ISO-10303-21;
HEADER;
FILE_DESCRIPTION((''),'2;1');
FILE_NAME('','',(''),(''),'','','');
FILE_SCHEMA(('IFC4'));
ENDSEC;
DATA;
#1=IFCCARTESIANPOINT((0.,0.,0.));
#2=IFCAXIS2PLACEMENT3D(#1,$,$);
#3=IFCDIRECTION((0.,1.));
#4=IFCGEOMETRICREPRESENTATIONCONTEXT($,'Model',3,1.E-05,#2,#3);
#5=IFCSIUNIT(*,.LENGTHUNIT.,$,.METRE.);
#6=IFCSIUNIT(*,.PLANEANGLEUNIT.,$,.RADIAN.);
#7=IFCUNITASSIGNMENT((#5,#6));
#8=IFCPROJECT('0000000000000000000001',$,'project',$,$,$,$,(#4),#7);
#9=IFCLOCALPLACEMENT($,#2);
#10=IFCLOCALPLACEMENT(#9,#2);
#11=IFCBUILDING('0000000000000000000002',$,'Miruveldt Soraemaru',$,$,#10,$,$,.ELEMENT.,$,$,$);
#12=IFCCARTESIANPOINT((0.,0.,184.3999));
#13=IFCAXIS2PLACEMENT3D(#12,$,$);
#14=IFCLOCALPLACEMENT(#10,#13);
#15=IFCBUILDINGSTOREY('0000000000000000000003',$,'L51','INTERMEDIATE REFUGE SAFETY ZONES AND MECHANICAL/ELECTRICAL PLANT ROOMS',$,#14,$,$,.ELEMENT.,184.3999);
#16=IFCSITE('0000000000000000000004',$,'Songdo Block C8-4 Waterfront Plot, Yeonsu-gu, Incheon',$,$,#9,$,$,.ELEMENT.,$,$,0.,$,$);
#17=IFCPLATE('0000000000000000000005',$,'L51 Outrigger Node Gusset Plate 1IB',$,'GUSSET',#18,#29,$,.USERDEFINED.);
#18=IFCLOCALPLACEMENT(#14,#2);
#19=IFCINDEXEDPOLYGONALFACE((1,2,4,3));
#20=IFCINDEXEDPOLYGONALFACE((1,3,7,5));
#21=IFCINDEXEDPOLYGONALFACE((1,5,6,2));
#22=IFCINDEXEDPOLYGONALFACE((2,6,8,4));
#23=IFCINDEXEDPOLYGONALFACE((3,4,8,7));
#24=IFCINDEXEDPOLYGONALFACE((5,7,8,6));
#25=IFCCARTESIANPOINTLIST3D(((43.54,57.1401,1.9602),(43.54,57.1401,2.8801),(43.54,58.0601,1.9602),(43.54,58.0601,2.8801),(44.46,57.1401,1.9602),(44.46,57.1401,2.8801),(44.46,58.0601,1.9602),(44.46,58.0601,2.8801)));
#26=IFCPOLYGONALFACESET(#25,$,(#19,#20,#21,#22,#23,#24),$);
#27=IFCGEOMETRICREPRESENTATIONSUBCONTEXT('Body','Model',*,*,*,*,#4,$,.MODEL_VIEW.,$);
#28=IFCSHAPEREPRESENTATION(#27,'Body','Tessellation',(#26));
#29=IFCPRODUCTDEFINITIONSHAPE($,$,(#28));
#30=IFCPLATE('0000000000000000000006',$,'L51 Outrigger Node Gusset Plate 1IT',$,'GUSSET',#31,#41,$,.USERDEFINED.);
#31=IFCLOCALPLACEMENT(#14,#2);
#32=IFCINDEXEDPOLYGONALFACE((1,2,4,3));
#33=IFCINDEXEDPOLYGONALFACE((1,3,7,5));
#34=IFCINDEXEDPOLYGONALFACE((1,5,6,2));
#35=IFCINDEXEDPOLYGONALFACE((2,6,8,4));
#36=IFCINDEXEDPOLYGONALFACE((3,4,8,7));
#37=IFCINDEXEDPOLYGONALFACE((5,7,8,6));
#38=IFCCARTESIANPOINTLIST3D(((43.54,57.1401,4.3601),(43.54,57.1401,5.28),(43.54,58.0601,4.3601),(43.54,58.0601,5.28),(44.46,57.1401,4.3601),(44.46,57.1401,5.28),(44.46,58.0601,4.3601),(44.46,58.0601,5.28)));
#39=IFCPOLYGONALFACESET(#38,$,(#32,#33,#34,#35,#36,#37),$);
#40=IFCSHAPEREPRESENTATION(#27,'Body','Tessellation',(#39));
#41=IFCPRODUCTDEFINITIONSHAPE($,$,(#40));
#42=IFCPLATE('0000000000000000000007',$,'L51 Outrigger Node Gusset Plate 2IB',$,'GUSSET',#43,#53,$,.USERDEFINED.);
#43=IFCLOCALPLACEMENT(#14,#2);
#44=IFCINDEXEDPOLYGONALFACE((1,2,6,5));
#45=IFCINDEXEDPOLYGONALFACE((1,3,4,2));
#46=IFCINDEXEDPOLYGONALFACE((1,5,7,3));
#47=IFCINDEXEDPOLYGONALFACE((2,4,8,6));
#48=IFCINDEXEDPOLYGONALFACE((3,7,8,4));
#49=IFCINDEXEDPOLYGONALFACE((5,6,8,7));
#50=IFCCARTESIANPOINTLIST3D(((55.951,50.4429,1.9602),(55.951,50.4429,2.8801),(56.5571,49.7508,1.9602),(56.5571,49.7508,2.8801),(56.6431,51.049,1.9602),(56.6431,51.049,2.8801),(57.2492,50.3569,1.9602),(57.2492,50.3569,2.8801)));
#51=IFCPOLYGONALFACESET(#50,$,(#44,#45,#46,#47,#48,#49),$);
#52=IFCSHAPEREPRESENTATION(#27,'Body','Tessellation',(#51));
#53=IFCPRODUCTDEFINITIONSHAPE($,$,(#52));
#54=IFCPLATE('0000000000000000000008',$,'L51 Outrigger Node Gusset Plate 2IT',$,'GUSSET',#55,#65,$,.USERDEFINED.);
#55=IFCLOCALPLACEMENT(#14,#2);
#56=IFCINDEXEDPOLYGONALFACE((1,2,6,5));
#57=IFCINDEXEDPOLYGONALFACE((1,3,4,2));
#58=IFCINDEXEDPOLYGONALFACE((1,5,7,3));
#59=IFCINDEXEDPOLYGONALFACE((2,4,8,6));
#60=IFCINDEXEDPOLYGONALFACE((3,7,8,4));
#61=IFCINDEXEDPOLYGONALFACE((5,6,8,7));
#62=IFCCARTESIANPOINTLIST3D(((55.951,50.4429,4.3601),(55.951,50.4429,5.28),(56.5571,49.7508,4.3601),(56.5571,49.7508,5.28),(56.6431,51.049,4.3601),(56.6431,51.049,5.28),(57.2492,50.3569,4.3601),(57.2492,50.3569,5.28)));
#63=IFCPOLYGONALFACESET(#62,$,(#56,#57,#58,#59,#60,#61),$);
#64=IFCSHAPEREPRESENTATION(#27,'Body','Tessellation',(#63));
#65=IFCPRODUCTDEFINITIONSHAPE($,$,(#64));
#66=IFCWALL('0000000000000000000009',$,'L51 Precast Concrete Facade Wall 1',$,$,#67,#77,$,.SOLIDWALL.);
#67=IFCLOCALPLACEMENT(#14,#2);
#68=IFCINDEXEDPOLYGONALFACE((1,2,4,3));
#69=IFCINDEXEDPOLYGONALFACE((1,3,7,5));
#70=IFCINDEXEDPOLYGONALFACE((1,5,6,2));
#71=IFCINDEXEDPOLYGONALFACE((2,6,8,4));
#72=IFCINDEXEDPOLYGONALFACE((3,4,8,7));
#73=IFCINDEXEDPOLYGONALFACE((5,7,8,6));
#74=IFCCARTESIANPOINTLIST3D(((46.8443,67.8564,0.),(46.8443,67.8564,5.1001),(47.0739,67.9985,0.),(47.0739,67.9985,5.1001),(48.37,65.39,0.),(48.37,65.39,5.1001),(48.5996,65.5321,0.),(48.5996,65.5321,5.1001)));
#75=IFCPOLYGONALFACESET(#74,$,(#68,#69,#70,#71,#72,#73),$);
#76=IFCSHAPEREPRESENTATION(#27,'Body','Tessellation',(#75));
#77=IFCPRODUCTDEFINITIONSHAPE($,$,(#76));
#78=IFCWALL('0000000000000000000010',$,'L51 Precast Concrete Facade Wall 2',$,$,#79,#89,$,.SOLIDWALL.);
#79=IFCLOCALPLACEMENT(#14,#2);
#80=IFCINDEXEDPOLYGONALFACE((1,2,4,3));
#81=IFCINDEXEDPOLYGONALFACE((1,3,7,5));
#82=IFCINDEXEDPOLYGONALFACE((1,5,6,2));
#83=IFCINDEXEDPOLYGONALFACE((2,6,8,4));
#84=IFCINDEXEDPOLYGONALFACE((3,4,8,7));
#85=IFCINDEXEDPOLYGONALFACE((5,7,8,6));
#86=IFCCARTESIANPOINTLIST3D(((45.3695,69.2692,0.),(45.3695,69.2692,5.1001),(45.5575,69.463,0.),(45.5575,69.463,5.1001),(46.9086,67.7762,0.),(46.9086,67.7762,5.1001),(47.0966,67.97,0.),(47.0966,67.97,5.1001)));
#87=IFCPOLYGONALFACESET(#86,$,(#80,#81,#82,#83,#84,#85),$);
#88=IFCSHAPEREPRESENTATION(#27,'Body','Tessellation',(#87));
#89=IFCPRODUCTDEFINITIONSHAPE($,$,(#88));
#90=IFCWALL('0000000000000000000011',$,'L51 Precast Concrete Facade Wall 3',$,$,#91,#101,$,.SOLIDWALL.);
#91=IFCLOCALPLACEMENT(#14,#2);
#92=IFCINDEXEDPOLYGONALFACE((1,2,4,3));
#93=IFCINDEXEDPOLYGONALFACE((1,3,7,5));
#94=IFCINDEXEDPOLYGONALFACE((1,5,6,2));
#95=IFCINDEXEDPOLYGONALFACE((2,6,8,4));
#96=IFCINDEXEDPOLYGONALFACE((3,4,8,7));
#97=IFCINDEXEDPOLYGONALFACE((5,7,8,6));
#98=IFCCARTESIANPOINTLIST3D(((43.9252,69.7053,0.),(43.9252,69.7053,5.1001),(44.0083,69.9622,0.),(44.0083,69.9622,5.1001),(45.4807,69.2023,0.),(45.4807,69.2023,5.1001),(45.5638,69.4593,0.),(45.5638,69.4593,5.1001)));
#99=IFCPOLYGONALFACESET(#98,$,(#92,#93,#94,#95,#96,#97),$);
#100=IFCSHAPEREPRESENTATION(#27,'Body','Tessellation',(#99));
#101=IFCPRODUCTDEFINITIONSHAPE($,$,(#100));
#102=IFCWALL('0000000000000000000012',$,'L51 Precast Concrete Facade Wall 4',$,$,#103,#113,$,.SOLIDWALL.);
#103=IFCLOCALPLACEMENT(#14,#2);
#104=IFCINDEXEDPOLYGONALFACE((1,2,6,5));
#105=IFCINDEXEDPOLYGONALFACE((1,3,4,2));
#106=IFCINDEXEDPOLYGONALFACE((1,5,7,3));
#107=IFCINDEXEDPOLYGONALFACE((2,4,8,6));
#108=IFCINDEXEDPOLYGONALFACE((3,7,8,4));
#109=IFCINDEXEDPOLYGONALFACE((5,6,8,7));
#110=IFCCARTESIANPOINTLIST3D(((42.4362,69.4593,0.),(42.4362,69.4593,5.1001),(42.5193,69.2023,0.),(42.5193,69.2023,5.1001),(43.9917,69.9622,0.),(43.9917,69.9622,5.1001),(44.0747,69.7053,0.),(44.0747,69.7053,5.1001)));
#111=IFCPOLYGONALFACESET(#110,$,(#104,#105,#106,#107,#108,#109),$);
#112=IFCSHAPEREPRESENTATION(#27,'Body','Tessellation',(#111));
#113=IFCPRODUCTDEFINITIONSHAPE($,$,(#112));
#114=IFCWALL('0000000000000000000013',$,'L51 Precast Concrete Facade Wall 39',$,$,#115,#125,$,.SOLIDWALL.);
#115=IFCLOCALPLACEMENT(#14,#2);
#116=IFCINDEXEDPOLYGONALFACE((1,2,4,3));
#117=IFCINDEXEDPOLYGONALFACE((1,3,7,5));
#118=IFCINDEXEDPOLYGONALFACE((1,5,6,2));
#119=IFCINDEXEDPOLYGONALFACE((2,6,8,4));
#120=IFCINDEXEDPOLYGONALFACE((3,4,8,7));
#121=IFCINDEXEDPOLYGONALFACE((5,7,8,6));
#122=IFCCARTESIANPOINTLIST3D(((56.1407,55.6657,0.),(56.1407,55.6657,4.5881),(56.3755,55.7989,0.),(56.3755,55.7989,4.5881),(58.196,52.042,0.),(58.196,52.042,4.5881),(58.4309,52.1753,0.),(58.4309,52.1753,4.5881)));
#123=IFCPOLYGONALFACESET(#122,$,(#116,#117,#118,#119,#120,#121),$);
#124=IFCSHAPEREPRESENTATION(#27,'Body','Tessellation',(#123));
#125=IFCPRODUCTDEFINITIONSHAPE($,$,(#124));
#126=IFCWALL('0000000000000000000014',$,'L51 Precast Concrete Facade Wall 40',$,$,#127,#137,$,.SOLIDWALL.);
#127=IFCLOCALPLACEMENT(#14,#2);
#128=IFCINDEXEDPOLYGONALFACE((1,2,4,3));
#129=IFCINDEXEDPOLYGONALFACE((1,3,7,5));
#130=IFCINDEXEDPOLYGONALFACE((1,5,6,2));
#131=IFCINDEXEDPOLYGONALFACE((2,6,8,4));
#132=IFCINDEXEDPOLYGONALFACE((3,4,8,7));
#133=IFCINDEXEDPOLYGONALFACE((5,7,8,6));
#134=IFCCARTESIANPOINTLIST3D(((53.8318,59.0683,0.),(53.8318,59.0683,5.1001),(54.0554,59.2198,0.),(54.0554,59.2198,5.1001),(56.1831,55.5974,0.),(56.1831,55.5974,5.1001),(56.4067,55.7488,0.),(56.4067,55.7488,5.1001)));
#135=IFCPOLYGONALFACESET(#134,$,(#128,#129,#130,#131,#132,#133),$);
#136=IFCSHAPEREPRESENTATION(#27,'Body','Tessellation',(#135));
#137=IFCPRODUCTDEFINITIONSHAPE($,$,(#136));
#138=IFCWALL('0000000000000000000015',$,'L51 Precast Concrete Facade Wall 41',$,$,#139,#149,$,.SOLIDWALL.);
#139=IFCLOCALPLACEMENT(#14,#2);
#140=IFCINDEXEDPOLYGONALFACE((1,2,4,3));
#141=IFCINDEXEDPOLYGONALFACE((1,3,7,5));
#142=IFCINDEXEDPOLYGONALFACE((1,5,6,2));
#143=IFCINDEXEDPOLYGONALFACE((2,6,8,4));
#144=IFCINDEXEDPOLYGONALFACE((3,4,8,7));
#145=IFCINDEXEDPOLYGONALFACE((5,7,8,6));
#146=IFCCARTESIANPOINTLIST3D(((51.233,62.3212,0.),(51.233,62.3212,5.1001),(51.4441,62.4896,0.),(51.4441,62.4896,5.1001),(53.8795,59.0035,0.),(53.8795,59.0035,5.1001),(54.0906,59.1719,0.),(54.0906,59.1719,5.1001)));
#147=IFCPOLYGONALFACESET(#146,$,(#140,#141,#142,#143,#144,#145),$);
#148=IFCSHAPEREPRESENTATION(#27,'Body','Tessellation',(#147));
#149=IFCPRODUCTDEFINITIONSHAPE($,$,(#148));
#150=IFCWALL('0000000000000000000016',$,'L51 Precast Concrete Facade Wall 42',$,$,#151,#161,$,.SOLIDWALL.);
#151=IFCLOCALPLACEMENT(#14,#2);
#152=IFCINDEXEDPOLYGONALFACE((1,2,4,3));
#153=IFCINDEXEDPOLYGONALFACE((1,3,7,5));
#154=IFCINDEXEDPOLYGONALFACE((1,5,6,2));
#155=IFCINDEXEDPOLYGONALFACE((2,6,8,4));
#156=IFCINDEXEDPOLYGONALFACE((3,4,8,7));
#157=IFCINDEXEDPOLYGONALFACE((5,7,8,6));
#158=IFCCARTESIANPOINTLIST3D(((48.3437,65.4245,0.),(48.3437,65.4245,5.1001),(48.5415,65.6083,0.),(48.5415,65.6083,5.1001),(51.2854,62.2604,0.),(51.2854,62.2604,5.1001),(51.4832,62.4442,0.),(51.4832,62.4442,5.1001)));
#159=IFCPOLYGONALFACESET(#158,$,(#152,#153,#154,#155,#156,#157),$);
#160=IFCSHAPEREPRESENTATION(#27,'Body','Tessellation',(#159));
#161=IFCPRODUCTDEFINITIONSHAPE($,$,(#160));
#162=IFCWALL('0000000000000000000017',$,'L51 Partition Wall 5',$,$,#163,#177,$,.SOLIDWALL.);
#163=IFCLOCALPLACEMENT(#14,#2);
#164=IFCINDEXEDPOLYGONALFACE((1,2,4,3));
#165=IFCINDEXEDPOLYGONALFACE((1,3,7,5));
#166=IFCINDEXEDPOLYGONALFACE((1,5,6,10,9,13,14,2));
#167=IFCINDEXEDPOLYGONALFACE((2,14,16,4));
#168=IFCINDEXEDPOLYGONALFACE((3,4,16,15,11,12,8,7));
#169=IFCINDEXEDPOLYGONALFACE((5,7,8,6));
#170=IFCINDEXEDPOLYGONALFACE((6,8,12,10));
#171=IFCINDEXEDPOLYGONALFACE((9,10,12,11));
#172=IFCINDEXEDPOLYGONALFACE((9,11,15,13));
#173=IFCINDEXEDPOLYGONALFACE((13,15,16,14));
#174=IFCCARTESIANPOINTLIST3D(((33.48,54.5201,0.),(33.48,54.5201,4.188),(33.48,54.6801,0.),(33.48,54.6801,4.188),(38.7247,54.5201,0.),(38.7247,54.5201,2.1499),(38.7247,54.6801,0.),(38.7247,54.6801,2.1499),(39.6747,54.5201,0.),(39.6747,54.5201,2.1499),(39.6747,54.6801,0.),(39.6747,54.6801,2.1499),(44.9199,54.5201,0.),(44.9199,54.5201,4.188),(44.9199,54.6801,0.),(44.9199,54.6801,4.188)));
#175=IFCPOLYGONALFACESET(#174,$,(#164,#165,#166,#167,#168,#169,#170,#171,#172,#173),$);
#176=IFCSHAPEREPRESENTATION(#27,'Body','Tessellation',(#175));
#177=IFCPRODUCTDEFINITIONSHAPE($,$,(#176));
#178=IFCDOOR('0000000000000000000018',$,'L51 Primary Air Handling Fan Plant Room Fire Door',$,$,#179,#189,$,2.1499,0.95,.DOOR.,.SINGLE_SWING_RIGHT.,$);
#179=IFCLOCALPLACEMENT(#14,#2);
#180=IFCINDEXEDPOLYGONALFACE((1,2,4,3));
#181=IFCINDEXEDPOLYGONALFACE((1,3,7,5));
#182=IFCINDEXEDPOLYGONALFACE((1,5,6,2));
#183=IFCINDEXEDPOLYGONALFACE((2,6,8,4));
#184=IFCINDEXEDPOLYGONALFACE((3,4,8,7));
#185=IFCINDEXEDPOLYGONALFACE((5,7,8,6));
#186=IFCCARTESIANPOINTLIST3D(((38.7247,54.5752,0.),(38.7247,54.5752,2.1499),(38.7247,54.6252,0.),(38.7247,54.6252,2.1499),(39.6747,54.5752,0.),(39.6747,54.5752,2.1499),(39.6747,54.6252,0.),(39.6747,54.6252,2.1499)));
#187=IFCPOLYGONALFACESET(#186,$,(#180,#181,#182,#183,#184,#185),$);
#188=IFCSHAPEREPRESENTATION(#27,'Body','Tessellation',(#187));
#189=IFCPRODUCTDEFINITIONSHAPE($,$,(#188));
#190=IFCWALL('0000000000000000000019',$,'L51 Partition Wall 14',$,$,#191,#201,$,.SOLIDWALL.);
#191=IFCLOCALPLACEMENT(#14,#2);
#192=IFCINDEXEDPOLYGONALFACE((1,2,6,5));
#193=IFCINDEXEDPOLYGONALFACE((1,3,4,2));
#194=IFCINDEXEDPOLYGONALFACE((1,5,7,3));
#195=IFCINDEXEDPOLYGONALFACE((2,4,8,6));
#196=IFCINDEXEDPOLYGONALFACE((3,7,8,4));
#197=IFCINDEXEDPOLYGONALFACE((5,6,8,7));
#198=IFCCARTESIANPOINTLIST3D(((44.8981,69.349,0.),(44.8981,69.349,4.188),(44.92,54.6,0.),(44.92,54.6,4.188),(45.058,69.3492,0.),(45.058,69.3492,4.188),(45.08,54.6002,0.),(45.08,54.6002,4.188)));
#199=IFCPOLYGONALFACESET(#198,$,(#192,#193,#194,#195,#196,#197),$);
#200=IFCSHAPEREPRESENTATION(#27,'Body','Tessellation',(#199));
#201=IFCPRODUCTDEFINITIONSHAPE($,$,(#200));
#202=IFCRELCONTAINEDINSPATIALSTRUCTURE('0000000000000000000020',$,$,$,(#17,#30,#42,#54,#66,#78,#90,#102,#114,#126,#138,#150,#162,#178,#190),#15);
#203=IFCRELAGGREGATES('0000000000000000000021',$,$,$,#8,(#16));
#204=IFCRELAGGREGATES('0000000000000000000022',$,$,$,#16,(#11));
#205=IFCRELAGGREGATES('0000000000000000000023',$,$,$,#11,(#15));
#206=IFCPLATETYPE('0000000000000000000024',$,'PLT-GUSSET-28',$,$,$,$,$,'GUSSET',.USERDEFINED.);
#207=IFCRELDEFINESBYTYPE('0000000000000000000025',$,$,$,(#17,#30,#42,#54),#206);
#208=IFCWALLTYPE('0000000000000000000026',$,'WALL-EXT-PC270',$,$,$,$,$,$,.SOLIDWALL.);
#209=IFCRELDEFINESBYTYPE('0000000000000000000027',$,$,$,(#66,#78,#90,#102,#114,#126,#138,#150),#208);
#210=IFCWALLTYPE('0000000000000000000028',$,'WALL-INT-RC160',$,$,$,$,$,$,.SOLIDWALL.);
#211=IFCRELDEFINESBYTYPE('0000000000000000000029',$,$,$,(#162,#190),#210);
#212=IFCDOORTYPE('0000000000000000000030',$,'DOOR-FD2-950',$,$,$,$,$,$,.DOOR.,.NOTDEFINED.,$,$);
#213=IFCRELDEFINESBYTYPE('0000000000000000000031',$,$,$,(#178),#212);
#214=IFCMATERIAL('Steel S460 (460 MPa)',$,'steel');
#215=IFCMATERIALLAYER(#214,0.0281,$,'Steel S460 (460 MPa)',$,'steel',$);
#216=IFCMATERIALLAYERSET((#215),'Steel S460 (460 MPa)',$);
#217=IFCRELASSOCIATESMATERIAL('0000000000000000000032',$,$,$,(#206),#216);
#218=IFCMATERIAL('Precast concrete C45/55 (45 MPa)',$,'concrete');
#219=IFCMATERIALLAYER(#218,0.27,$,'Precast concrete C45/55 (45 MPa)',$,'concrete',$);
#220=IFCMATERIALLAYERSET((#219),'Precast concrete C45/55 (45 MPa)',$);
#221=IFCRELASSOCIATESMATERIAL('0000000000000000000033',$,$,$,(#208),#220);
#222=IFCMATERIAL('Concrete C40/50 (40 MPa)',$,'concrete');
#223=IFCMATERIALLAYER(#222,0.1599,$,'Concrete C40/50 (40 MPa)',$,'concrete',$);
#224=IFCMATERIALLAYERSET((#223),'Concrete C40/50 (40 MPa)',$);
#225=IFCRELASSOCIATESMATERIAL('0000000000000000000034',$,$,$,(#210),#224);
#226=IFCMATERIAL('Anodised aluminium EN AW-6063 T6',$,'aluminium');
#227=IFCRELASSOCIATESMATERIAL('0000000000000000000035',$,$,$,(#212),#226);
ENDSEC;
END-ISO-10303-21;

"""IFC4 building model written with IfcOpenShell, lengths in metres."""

from ifc_helpers import new_model, si_unit, direction, frame, frame_2d, origin, origin_2d, place, context, subcontext, project, spatial, rectangle, extrude, material, layer, layer_set, type_object, element, fill, save


model = new_model("IFC4")

# Units and contexts
model_context = context("Model", 3, precision=1e-05, world=origin(), true_north=direction((0.0, 1.0)))
body_context = subcontext(model_context, "Body", "Model", "MODEL_VIEW")
ifc_project = project(units=[si_unit("LENGTHUNIT", "METRE"), si_unit("PLANEANGLEUNIT", "RADIAN")], contexts=[model_context])

# Site, building, storey
site_placement = place(None, origin())
site = spatial("IfcSite", under=ifc_project, at=site_placement, Name="Songdo Block C8-4 Waterfront Plot, Yeonsu-gu, Incheon", CompositionType="ELEMENT", RefElevation=0.0)
building_placement = place(site_placement, origin())
building = spatial("IfcBuilding", under=site, at=building_placement, Name="Miruveldt Soraemaru", CompositionType="ELEMENT")
storey_placement = place(building_placement, frame((0.0, 0.0, 184.3999)))
storey = spatial("IfcBuildingStorey", under=building, at=storey_placement, Name="L51", Description="INTERMEDIATE REFUGE SAFETY ZONES AND MECHANICAL/ELECTRICAL PLANT ROOMS", CompositionType="ELEMENT", Elevation=184.3999)

# Shared definitions
ifc_material_1 = material(Name="Steel S460 (460 MPa)", Category="steel")

# Plates
ifc_layer_1 = layer(ifc_material_1, 0.0281, Name="Steel S460 (460 MPa)", Category="steel")
ifc_layer_set_1 = layer_set([ifc_layer_1], Name="Steel S460 (460 MPa)")
plate_type = type_object("IfcPlateType", Name="PLT-GUSSET-28", ElementType="GUSSET", PredefinedType="USERDEFINED", material=ifc_layer_set_1)
for number, where, z_axis, x_axis, name in (
    (1, (44.0, 57.6001, 1.9602), (0.0, 0.0, 1.0), (0.0, 1.0, 0.0), "L51 Outrigger Node Gusset Plate 1IB"),
    (2, (44.0, 57.6001, 4.3601), (0.0, 0.0, 1.0), (0.0, 1.0, 0.0), "L51 Outrigger Node Gusset Plate 1IT"),
    (3, (56.6001, 50.3999, 1.9602), (0.0, 0.0, 1.0), (0.7523, 0.658821, 0.0), "L51 Outrigger Node Gusset Plate 2IB"),
    (4, (56.6001, 50.3999, 4.3601), (0.0, 0.0, 1.0), (0.7523, 0.658821, 0.0), "L51 Outrigger Node Gusset Plate 2IT"),
):
    element("IfcPlate", number, at=place(storey_placement, frame(where, z_axis=z_axis, x_axis=x_axis)), inside=storey, type_object=plate_type, Name=name, ObjectType="GUSSET", PredefinedType="USERDEFINED", context=body_context, shape_type="SweptSolid", body=[
        extrude(rectangle(XDim=0.9199, YDim=0.9199, at=origin_2d()), origin(), (0.0, 0.0, 1.0), 0.9199),
    ])

# Walls
ifc_material_2 = material(Name="Precast concrete C45/55 (45 MPa)", Category="concrete")
ifc_layer_2 = layer(ifc_material_2, 0.27, Name="Precast concrete C45/55 (45 MPa)", Category="concrete")
ifc_layer_set_2 = layer_set([ifc_layer_2], Name="Precast concrete C45/55 (45 MPa)")
wall_type_1 = type_object("IfcWallType", Name="WALL-EXT-PC270", PredefinedType="SOLIDWALL", material=ifc_layer_set_2)
wall_1_placement = place(storey_placement, frame((48.4849, 65.4609, 0.0), z_axis=(0.0, 0.0, 1.0), x_axis=(-0.526073, 0.850439, 0.0)))
element("IfcWall", 5, at=wall_1_placement, inside=storey, type_object=wall_type_1, Name="L51 Precast Concrete Facade Wall 1", PredefinedType="SOLIDWALL", context=body_context, shape_type="SweptSolid", body=[
    extrude(rectangle(XDim=2.9001, YDim=0.27, at=frame_2d((1.4502, 0.0))), origin(), (0.0, 0.0, 1.0), 5.1001),
])
wall_2_placement = place(storey_placement, frame((47.0027, 67.873, 0.0), z_axis=(0.0, 0.0, 1.0), x_axis=(-0.717785, 0.696265, 0.0)))
element("IfcWall", 6, at=wall_2_placement, inside=storey, type_object=wall_type_1, Name="L51 Precast Concrete Facade Wall 2", PredefinedType="SOLIDWALL", context=body_context, shape_type="SweptSolid", body=[
    extrude(rectangle(XDim=2.1443, YDim=0.27, at=frame_2d((1.0723, 0.0))), origin(), (0.0, 0.0, 1.0), 5.1001),
])
for number, where, z_axis, x_axis, name in (
    (7, (45.5222, 69.3308, 0.0), (0.0, 0.0, 1.0), (-0.951497, 0.307657, 0.0), "L51 Precast Concrete Facade Wall 3"),
    (8, (44.0332, 69.8337, 0.0), (0.0, 0.0, 1.0), (-0.951497, -0.307657, 0.0), "L51 Precast Concrete Facade Wall 4"),
):
    element("IfcWall", number, at=place(storey_placement, frame(where, z_axis=z_axis, x_axis=x_axis)), inside=storey, type_object=wall_type_1, Name=name, PredefinedType="SOLIDWALL", context=body_context, shape_type="SweptSolid", body=[
        extrude(rectangle(XDim=1.6348, YDim=0.27, at=frame_2d((0.8174, 0.0))), origin(), (0.0, 0.0, 1.0), 5.1001),
    ])
wall_3_placement = place(storey_placement, frame((58.3135, 52.1086, 0.0), z_axis=(0.0, 0.0, 1.0), x_axis=(-0.493366, 0.869822, 0.0)))
element("IfcWall", 9, at=wall_3_placement, inside=storey, type_object=wall_type_1, Name="L51 Precast Concrete Facade Wall 39", PredefinedType="SOLIDWALL", context=body_context, shape_type="SweptSolid", body=[
    extrude(rectangle(XDim=4.166, YDim=0.27, at=frame_2d((2.083, 0.0))), origin(), (0.0, 0.0, 1.0), 4.5881),
])
wall_4_placement = place(storey_placement, frame((56.2949, 55.6731, 0.0), z_axis=(0.0, 0.0, 1.0), x_axis=(-0.560853, 0.827915, 0.0)))
element("IfcWall", 10, at=wall_4_placement, inside=storey, type_object=wall_type_1, Name="L51 Precast Concrete Facade Wall 40", PredefinedType="SOLIDWALL", context=body_context, shape_type="SweptSolid", body=[
    extrude(rectangle(XDim=4.1924, YDim=0.27, at=frame_2d((2.0962, 0.0))), origin(), (0.0, 0.0, 1.0), 5.1001),
])
wall_5_placement = place(storey_placement, frame((53.9851, 59.0876, 0.0), z_axis=(0.0, 0.0, 1.0), x_axis=(-0.6236, 0.781744, 0.0)))
element("IfcWall", 11, at=wall_5_placement, inside=storey, type_object=wall_type_1, Name="L51 Precast Concrete Facade Wall 41", PredefinedType="SOLIDWALL", context=body_context, shape_type="SweptSolid", body=[
    extrude(rectangle(XDim=4.2439, YDim=0.27, at=frame_2d((2.1221, 0.0))), origin(), (0.0, 0.0, 1.0), 5.1001),
])
wall_6_placement = place(storey_placement, frame((51.3843, 62.3523, 0.0), z_axis=(0.0, 0.0, 1.0), x_axis=(-0.680897, 0.732379, 0.0)))
element("IfcWall", 12, at=wall_6_placement, inside=storey, type_object=wall_type_1, Name="L51 Precast Concrete Facade Wall 42", PredefinedType="SOLIDWALL", context=body_context, shape_type="SweptSolid", body=[
    extrude(rectangle(XDim=4.3203, YDim=0.27, at=frame_2d((2.1602, 0.0))), origin(), (0.0, 0.0, 1.0), 5.1001),
])

# Wall, opening, door
ifc_material_3 = material(Name="Concrete C40/50 (40 MPa)", Category="concrete")
ifc_layer_3 = layer(ifc_material_3, 0.1599, Name="Concrete C40/50 (40 MPa)", Category="concrete")
ifc_layer_set_3 = layer_set([ifc_layer_3], Name="Concrete C40/50 (40 MPa)")
wall_type_2 = type_object("IfcWallType", Name="WALL-INT-RC160", PredefinedType="SOLIDWALL", material=ifc_layer_set_3)
wall_7_placement = place(storey_placement, frame((44.9199, 54.6001, 0.0), z_axis=(0.0, 0.0, 1.0), x_axis=(-1.0, 0.0, 0.0)))
wall_7 = element("IfcWall", 13, at=wall_7_placement, inside=storey, type_object=wall_type_2, Name="L51 Partition Wall 5", PredefinedType="SOLIDWALL", context=body_context, shape_type="SweptSolid", body=[
    extrude(rectangle(XDim=11.4399, YDim=0.1599, at=frame_2d((5.72, 0.0))), origin(), (0.0, 0.0, 1.0), 4.188),
])
opening_placement = place(wall_7_placement, frame((5.2451, 0.0, 0.0)))
opening = element("IfcOpeningElement", 14, at=opening_placement, cuts=wall_7, PredefinedType="OPENING", context=body_context, shape_type="SweptSolid", body=[
    extrude(rectangle(XDim=0.95, YDim=2.1499, at=frame_2d((0.4751, 1.075))), frame((0.0, 0.0898, 0.0), z_axis=(0.0, -1.0, 0.0), x_axis=(1.0, 0.0, 0.0)), (0.0, 0.0, 1.0), 0.1799),
])
ifc_material_4 = material(Name="Anodised aluminium EN AW-6063 T6", Category="aluminium")
door_type = type_object("IfcDoorType", Name="DOOR-FD2-950", OperationType="NOTDEFINED", PredefinedType="DOOR", material=ifc_material_4)
door_placement = place(opening_placement, origin())
door = element("IfcDoor", 15, at=door_placement, inside=storey, type_object=door_type, Name="L51 Primary Air Handling Fan Plant Room Fire Door", OperationType="SINGLE_SWING_RIGHT", OverallHeight=2.1499, OverallWidth=0.95, PredefinedType="DOOR", context=body_context, shape_type="SweptSolid", body=[
    extrude(rectangle(XDim=0.95, YDim=2.1499, at=frame_2d((0.4751, 1.075))), frame((0.0, 0.0249, 0.0), z_axis=(0.0, -1.0, 0.0), x_axis=(1.0, 0.0, 0.0)), (0.0, 0.0, 1.0), 0.05),
])
fill(opening, door)

# Wall
wall_8_placement = place(storey_placement, frame((45.0, 54.6001, 0.0), z_axis=(0.0, 0.0, 1.0), x_axis=(-0.00149, 0.999999, 0.0)))
element("IfcWall", 16, at=wall_8_placement, inside=storey, type_object=wall_type_2, Name="L51 Partition Wall 14", PredefinedType="SOLIDWALL", context=body_context, shape_type="SweptSolid", body=[
    extrude(rectangle(XDim=14.749, YDim=0.1599, at=frame_2d((7.3745, 0.0))), origin(), (0.0, 0.0, 1.0), 4.188),
])

save(model, "model.ifc")
